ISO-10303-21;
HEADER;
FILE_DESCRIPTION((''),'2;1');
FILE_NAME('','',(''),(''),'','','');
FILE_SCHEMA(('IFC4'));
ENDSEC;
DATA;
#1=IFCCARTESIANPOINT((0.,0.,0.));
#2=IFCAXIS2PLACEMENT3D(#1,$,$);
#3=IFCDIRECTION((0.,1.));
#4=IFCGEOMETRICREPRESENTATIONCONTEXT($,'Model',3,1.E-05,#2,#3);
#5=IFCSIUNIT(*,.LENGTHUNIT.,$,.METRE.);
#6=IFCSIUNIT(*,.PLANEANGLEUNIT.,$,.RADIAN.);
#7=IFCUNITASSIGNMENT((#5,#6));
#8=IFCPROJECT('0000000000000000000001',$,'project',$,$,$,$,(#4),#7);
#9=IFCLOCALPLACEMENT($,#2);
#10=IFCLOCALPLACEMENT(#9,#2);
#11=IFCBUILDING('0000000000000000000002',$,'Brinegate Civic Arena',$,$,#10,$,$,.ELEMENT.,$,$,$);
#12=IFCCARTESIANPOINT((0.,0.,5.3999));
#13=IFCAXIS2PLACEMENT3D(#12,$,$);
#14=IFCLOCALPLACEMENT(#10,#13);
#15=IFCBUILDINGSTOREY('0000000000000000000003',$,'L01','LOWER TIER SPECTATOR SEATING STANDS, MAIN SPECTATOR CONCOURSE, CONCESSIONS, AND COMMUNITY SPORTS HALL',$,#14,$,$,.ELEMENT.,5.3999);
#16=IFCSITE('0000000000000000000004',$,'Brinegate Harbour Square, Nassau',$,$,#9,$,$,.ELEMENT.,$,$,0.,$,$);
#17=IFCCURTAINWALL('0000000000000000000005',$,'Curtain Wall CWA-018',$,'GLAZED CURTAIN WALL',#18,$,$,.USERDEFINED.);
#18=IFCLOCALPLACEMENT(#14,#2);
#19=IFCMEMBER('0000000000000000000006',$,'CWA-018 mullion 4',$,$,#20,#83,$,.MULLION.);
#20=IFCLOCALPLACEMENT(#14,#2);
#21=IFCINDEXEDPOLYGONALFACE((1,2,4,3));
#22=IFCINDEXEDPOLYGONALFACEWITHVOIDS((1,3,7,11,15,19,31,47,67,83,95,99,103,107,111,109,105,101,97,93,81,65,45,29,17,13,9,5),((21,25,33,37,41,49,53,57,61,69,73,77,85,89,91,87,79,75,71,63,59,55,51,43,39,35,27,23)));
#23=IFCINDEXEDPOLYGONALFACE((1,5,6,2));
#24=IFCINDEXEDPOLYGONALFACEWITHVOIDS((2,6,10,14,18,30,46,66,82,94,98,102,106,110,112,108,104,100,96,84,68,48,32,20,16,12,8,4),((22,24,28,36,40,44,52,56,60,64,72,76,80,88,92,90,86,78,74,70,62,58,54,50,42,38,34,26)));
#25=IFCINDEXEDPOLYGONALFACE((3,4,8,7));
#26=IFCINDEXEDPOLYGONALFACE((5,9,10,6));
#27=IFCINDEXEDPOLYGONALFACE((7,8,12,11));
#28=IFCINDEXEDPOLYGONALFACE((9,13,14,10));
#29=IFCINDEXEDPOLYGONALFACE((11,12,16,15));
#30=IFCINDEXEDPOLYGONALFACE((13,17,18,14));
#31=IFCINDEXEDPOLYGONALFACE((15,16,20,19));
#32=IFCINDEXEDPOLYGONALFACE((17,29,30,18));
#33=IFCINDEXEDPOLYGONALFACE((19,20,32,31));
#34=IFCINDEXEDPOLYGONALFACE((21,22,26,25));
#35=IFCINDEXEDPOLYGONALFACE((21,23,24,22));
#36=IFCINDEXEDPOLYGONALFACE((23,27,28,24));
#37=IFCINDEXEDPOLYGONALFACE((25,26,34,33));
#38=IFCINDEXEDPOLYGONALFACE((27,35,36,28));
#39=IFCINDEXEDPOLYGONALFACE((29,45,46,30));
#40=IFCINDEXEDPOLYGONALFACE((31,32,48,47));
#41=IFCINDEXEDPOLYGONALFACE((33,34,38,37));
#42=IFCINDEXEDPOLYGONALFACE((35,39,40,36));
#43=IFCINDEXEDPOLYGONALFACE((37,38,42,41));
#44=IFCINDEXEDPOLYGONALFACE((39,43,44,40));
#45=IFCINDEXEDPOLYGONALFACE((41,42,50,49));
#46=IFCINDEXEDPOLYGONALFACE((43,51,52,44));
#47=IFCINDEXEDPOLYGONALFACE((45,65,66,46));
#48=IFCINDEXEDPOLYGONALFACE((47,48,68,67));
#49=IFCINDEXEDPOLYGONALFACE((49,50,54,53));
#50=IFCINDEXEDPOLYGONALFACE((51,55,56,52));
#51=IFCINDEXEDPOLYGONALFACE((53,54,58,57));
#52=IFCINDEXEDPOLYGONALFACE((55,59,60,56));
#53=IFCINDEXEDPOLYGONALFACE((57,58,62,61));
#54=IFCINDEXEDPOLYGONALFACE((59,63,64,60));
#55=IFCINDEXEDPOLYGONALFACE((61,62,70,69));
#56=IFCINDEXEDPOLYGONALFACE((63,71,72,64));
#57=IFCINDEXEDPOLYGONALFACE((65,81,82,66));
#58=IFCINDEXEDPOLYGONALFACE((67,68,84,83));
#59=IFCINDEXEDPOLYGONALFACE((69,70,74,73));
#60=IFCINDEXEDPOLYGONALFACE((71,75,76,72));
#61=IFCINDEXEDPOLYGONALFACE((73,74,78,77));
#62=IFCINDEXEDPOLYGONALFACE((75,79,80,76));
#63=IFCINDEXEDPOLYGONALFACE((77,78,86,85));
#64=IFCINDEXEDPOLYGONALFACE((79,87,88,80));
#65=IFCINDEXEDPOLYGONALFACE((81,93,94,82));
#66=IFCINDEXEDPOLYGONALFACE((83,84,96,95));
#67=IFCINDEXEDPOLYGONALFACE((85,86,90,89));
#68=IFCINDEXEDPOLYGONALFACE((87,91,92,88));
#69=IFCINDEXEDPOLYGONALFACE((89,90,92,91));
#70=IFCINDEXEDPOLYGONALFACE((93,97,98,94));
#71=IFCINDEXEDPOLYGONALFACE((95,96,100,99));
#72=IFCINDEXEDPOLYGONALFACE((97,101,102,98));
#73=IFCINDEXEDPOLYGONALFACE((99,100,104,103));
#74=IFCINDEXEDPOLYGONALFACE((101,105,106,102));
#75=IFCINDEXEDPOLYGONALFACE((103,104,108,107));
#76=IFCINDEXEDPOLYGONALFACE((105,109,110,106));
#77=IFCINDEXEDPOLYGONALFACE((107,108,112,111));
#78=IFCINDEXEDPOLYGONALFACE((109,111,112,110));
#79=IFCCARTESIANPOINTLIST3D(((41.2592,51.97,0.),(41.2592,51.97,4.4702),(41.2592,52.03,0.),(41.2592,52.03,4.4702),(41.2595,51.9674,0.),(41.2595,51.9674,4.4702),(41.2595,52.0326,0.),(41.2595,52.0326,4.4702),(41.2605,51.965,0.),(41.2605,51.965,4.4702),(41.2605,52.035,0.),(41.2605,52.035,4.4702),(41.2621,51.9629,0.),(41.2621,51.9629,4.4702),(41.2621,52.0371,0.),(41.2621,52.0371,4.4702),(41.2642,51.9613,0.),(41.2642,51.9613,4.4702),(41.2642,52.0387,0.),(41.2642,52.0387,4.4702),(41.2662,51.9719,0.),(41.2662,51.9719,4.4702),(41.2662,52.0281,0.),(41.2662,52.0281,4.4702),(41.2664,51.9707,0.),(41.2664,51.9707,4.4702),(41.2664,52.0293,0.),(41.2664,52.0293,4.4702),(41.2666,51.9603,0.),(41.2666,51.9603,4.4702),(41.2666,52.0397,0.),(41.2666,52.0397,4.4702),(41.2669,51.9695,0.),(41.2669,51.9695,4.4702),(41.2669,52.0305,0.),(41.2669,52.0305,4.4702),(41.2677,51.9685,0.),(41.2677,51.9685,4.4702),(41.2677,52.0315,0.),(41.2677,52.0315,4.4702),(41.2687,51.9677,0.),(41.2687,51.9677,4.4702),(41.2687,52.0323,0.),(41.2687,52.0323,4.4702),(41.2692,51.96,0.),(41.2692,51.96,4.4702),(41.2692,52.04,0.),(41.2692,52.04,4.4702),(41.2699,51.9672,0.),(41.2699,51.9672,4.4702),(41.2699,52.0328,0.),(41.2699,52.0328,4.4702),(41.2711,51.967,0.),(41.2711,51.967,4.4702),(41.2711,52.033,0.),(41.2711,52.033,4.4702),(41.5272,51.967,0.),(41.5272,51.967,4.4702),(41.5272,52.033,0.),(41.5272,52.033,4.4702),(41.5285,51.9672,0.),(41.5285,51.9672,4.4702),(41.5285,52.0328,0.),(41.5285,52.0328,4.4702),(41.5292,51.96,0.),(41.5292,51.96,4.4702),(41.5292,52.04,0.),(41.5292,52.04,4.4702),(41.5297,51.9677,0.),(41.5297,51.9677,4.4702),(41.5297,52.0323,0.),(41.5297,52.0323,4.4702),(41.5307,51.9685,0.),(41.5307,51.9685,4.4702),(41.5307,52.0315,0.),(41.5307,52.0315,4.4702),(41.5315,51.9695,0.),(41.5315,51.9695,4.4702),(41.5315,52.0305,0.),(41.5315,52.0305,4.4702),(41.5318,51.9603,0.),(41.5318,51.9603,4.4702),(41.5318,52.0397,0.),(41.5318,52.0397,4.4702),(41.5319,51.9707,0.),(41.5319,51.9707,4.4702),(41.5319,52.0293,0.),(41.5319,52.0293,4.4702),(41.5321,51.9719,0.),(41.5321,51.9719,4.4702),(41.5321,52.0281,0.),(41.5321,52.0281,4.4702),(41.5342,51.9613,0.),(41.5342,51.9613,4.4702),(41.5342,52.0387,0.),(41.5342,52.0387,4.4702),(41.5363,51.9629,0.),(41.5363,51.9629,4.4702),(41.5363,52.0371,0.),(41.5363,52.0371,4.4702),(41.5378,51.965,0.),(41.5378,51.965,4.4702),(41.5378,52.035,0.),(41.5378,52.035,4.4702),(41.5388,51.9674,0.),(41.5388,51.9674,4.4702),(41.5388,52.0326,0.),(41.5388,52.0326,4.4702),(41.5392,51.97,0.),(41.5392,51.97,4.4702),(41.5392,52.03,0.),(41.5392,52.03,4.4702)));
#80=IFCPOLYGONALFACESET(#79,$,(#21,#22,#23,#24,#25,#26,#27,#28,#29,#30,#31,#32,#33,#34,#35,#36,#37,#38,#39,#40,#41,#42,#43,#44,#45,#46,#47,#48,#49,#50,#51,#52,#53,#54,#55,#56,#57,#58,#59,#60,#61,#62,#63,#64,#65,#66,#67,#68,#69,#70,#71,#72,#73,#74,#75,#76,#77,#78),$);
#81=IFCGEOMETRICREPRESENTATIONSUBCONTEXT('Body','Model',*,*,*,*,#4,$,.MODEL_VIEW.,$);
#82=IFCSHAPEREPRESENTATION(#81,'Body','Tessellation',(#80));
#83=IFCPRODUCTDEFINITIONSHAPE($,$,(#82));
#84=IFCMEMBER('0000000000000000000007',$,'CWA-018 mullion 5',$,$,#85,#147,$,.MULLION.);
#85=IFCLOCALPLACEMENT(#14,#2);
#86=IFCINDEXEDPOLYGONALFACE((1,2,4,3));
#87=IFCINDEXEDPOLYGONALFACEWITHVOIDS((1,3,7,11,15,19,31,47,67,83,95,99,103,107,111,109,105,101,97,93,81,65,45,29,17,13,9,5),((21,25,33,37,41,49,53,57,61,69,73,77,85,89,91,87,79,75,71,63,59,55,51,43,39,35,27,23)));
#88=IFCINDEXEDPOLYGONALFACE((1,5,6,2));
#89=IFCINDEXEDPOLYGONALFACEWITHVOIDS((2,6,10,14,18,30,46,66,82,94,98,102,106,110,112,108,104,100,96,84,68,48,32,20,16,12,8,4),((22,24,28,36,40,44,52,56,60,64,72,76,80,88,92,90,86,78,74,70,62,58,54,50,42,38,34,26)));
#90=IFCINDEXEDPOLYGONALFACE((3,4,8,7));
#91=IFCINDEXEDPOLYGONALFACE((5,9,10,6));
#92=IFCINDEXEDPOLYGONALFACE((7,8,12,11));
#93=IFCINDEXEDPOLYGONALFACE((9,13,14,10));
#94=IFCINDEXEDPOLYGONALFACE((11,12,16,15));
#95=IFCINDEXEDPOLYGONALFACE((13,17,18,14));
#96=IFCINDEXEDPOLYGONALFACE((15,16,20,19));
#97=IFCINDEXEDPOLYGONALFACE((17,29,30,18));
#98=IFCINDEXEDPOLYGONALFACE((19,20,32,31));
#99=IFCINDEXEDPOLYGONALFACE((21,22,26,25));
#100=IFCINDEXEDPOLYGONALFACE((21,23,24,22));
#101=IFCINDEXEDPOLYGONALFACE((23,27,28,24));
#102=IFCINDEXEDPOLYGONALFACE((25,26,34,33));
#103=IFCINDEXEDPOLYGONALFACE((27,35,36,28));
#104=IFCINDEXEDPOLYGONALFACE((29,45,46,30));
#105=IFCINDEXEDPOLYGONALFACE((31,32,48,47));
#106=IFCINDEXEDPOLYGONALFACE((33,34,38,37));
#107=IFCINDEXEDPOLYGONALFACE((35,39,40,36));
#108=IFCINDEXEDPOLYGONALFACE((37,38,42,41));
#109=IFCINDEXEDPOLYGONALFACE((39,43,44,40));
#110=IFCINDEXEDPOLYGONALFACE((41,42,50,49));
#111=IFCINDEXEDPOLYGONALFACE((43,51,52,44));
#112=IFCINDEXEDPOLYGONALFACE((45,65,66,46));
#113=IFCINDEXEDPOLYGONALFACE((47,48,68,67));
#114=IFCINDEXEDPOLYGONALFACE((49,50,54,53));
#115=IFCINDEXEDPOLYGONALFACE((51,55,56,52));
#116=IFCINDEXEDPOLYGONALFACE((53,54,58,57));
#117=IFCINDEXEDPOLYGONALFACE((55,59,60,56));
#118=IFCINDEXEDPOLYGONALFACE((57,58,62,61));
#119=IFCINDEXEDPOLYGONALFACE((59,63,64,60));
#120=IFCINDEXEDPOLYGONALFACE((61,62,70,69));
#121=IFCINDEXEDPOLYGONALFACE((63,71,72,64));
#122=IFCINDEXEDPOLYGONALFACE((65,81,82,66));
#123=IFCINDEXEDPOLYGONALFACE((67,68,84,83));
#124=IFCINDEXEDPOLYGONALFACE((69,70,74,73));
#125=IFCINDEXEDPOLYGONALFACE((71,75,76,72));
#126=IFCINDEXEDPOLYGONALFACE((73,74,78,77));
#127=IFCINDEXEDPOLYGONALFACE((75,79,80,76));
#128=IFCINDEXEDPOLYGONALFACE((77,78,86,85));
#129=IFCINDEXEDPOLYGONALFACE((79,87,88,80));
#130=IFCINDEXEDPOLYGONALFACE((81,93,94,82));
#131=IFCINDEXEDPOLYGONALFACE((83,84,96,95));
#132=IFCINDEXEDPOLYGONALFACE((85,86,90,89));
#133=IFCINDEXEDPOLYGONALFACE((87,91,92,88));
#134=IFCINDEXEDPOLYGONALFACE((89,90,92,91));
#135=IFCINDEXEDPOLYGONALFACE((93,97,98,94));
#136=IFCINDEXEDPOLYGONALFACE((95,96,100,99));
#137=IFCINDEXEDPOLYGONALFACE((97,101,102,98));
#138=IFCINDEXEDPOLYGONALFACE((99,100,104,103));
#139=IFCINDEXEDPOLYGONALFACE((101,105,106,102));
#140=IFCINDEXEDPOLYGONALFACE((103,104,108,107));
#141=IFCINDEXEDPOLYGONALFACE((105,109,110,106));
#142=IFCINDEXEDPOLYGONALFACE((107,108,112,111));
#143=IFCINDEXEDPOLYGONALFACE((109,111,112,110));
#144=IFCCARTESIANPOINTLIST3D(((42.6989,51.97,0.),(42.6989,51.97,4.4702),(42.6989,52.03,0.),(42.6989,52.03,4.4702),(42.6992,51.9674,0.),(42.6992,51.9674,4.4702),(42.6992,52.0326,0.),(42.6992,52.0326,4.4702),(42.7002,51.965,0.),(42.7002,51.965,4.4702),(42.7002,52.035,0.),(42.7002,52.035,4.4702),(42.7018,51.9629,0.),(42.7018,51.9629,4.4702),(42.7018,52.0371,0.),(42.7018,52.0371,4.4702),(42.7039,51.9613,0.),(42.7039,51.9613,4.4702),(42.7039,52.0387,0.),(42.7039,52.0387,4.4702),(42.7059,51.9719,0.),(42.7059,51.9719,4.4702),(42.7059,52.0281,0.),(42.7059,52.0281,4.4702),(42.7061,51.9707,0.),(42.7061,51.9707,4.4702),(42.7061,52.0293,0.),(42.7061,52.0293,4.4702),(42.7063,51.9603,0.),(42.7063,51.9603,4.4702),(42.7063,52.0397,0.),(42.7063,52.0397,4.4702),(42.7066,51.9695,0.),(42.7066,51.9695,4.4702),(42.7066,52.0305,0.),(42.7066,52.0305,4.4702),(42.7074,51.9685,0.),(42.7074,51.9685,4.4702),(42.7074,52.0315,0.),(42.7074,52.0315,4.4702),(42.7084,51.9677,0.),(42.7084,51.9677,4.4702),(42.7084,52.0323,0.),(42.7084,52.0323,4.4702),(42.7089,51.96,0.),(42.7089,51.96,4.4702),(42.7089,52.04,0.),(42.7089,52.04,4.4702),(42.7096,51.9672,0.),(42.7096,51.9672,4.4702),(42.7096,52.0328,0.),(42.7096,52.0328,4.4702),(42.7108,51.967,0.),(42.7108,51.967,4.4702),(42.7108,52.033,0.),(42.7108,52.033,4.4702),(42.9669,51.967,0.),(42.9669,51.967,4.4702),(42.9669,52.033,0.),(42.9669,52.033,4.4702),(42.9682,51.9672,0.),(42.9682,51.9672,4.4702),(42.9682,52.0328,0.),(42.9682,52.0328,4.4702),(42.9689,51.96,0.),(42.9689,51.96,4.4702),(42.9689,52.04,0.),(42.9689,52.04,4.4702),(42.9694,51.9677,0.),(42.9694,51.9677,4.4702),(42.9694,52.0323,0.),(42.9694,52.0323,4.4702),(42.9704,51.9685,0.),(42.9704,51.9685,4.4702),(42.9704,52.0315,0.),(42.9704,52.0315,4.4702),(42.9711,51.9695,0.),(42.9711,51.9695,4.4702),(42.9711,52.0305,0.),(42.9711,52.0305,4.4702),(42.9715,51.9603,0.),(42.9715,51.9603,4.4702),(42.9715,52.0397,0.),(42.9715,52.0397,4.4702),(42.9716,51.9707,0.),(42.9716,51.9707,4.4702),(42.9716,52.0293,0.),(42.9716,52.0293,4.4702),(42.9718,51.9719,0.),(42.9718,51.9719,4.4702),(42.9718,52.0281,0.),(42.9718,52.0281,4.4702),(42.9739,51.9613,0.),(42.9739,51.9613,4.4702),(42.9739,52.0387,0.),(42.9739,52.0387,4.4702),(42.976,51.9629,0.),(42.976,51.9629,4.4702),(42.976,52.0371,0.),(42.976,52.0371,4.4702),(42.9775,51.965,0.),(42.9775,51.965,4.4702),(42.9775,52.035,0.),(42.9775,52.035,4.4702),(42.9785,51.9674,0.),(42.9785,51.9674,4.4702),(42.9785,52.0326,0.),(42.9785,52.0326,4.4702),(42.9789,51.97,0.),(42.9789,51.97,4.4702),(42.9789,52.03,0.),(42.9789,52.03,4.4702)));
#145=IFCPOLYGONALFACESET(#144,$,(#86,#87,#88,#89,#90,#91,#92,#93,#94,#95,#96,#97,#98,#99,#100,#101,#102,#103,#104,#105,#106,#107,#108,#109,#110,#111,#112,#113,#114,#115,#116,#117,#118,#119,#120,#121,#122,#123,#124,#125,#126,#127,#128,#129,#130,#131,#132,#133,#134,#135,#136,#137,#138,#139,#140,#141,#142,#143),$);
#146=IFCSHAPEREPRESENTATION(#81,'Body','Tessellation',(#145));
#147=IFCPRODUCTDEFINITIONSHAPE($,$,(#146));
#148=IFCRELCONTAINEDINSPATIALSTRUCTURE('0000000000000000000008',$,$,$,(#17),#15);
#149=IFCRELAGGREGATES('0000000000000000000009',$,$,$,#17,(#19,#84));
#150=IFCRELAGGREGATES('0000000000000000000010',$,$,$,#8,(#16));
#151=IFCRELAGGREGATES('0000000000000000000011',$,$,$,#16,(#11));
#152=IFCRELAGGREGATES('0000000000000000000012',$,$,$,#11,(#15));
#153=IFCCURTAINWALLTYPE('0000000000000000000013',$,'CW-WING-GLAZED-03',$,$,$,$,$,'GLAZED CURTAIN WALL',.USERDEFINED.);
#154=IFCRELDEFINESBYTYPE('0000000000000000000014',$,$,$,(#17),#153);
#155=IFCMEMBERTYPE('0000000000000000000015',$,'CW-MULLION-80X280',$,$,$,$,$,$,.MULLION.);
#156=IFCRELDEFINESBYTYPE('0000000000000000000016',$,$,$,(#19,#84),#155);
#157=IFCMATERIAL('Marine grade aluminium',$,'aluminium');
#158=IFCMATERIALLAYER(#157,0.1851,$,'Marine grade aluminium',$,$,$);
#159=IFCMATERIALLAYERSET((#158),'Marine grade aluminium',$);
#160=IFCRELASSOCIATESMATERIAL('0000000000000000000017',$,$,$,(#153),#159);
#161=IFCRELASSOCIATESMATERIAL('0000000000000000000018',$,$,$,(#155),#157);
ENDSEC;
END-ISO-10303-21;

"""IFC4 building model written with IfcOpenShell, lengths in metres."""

from ifc_helpers import new_model, si_unit, direction, frame, origin, origin_2d, place, context, subcontext, project, spatial, hollow_rectangle, extrude, material, layer, layer_set, material_profile, profile_set, type_object, element, aggregate, save


model = new_model("IFC4")

# Units and contexts
model_context = context("Model", 3, precision=1e-05, world=origin(), true_north=direction((0.0, 1.0)))
body_context = subcontext(model_context, "Body", "Model", "MODEL_VIEW")
ifc_project = project(units=[si_unit("LENGTHUNIT", "METRE"), si_unit("PLANEANGLEUNIT", "RADIAN")], contexts=[model_context])

# Site, building, storey
site_placement = place(None, origin())
site = spatial("IfcSite", under=ifc_project, at=site_placement, Name="Brinegate Harbour Square, Nassau", CompositionType="ELEMENT", RefElevation=0.0)
building_placement = place(site_placement, origin())
building = spatial("IfcBuilding", under=site, at=building_placement, Name="Brinegate Civic Arena", CompositionType="ELEMENT")
storey_placement = place(building_placement, frame((0.0, 0.0, 5.3999)))
storey = spatial("IfcBuildingStorey", under=building, at=storey_placement, Name="L01", Description="LOWER TIER SPECTATOR SEATING STANDS, MAIN SPECTATOR CONCOURSE, CONCESSIONS, AND COMMUNITY SPORTS HALL", CompositionType="ELEMENT", Elevation=5.3999)

# Curtain wall, members
ifc_material_1 = material(Name="Marine grade aluminium", Category="aluminium")
ifc_layer_1 = layer(ifc_material_1, 0.1851, Name="Marine grade aluminium")
ifc_layer_set_1 = layer_set([ifc_layer_1], Name="Marine grade aluminium")
curtain_wall_type = type_object("IfcCurtainWallType", Name="CW-WING-GLAZED-03", ElementType="GLAZED CURTAIN WALL", PredefinedType="USERDEFINED", material=ifc_layer_set_1)
curtain_wall_placement = place(storey_placement, origin())
curtain_wall = element("IfcCurtainWall", 1, at=curtain_wall_placement, inside=storey, type_object=curtain_wall_type, Name="Curtain Wall CWA-018", ObjectType="GLAZED CURTAIN WALL", PredefinedType="USERDEFINED")
ifc_material_profile_1 = material_profile(ifc_material_1, hollow_rectangle(XDim=0.0801, YDim=0.28, WallThickness=0.0071, InnerFilletRadius=0.0049, OuterFilletRadius=0.01, at=origin_2d()), Name="MUL80X280")
ifc_profile_set_1 = profile_set([ifc_material_profile_1], Name="Marine grade aluminium")
member_type_1 = type_object("IfcMemberType", Name="CW-MULLION-80X280", PredefinedType="MULLION", material=ifc_profile_set_1)
member_1_placement = place(storey_placement, frame((41.3992, 52.0, 0.0), z_axis=(0.0, 0.0, 1.0), x_axis=(0.0, 1.0, 0.0)))
member_1 = element("IfcMember", 2, at=member_1_placement, type_object=member_type_1, Name="CWA-018 mullion 4", PredefinedType="MULLION", context=body_context, shape_type="SweptSolid", body=[
    extrude(hollow_rectangle(XDim=0.0801, YDim=0.28, WallThickness=0.0071, InnerFilletRadius=0.0049, OuterFilletRadius=0.01, at=origin_2d()), origin(), (0.0, 0.0, 1.0), 4.4702),
])
member_2_placement = place(storey_placement, frame((42.8389, 52.0, 0.0), z_axis=(0.0, 0.0, 1.0), x_axis=(0.0, 1.0, 0.0)))
member_2 = element("IfcMember", 3, at=member_2_placement, type_object=member_type_1, Name="CWA-018 mullion 5", PredefinedType="MULLION", context=body_context, shape_type="SweptSolid", body=[
    extrude(hollow_rectangle(XDim=0.0801, YDim=0.28, WallThickness=0.0071, InnerFilletRadius=0.0049, OuterFilletRadius=0.01, at=origin_2d()), origin(), (0.0, 0.0, 1.0), 4.4702),
])
aggregate(curtain_wall, [member_1, member_2])

save(model, "model.ifc")
